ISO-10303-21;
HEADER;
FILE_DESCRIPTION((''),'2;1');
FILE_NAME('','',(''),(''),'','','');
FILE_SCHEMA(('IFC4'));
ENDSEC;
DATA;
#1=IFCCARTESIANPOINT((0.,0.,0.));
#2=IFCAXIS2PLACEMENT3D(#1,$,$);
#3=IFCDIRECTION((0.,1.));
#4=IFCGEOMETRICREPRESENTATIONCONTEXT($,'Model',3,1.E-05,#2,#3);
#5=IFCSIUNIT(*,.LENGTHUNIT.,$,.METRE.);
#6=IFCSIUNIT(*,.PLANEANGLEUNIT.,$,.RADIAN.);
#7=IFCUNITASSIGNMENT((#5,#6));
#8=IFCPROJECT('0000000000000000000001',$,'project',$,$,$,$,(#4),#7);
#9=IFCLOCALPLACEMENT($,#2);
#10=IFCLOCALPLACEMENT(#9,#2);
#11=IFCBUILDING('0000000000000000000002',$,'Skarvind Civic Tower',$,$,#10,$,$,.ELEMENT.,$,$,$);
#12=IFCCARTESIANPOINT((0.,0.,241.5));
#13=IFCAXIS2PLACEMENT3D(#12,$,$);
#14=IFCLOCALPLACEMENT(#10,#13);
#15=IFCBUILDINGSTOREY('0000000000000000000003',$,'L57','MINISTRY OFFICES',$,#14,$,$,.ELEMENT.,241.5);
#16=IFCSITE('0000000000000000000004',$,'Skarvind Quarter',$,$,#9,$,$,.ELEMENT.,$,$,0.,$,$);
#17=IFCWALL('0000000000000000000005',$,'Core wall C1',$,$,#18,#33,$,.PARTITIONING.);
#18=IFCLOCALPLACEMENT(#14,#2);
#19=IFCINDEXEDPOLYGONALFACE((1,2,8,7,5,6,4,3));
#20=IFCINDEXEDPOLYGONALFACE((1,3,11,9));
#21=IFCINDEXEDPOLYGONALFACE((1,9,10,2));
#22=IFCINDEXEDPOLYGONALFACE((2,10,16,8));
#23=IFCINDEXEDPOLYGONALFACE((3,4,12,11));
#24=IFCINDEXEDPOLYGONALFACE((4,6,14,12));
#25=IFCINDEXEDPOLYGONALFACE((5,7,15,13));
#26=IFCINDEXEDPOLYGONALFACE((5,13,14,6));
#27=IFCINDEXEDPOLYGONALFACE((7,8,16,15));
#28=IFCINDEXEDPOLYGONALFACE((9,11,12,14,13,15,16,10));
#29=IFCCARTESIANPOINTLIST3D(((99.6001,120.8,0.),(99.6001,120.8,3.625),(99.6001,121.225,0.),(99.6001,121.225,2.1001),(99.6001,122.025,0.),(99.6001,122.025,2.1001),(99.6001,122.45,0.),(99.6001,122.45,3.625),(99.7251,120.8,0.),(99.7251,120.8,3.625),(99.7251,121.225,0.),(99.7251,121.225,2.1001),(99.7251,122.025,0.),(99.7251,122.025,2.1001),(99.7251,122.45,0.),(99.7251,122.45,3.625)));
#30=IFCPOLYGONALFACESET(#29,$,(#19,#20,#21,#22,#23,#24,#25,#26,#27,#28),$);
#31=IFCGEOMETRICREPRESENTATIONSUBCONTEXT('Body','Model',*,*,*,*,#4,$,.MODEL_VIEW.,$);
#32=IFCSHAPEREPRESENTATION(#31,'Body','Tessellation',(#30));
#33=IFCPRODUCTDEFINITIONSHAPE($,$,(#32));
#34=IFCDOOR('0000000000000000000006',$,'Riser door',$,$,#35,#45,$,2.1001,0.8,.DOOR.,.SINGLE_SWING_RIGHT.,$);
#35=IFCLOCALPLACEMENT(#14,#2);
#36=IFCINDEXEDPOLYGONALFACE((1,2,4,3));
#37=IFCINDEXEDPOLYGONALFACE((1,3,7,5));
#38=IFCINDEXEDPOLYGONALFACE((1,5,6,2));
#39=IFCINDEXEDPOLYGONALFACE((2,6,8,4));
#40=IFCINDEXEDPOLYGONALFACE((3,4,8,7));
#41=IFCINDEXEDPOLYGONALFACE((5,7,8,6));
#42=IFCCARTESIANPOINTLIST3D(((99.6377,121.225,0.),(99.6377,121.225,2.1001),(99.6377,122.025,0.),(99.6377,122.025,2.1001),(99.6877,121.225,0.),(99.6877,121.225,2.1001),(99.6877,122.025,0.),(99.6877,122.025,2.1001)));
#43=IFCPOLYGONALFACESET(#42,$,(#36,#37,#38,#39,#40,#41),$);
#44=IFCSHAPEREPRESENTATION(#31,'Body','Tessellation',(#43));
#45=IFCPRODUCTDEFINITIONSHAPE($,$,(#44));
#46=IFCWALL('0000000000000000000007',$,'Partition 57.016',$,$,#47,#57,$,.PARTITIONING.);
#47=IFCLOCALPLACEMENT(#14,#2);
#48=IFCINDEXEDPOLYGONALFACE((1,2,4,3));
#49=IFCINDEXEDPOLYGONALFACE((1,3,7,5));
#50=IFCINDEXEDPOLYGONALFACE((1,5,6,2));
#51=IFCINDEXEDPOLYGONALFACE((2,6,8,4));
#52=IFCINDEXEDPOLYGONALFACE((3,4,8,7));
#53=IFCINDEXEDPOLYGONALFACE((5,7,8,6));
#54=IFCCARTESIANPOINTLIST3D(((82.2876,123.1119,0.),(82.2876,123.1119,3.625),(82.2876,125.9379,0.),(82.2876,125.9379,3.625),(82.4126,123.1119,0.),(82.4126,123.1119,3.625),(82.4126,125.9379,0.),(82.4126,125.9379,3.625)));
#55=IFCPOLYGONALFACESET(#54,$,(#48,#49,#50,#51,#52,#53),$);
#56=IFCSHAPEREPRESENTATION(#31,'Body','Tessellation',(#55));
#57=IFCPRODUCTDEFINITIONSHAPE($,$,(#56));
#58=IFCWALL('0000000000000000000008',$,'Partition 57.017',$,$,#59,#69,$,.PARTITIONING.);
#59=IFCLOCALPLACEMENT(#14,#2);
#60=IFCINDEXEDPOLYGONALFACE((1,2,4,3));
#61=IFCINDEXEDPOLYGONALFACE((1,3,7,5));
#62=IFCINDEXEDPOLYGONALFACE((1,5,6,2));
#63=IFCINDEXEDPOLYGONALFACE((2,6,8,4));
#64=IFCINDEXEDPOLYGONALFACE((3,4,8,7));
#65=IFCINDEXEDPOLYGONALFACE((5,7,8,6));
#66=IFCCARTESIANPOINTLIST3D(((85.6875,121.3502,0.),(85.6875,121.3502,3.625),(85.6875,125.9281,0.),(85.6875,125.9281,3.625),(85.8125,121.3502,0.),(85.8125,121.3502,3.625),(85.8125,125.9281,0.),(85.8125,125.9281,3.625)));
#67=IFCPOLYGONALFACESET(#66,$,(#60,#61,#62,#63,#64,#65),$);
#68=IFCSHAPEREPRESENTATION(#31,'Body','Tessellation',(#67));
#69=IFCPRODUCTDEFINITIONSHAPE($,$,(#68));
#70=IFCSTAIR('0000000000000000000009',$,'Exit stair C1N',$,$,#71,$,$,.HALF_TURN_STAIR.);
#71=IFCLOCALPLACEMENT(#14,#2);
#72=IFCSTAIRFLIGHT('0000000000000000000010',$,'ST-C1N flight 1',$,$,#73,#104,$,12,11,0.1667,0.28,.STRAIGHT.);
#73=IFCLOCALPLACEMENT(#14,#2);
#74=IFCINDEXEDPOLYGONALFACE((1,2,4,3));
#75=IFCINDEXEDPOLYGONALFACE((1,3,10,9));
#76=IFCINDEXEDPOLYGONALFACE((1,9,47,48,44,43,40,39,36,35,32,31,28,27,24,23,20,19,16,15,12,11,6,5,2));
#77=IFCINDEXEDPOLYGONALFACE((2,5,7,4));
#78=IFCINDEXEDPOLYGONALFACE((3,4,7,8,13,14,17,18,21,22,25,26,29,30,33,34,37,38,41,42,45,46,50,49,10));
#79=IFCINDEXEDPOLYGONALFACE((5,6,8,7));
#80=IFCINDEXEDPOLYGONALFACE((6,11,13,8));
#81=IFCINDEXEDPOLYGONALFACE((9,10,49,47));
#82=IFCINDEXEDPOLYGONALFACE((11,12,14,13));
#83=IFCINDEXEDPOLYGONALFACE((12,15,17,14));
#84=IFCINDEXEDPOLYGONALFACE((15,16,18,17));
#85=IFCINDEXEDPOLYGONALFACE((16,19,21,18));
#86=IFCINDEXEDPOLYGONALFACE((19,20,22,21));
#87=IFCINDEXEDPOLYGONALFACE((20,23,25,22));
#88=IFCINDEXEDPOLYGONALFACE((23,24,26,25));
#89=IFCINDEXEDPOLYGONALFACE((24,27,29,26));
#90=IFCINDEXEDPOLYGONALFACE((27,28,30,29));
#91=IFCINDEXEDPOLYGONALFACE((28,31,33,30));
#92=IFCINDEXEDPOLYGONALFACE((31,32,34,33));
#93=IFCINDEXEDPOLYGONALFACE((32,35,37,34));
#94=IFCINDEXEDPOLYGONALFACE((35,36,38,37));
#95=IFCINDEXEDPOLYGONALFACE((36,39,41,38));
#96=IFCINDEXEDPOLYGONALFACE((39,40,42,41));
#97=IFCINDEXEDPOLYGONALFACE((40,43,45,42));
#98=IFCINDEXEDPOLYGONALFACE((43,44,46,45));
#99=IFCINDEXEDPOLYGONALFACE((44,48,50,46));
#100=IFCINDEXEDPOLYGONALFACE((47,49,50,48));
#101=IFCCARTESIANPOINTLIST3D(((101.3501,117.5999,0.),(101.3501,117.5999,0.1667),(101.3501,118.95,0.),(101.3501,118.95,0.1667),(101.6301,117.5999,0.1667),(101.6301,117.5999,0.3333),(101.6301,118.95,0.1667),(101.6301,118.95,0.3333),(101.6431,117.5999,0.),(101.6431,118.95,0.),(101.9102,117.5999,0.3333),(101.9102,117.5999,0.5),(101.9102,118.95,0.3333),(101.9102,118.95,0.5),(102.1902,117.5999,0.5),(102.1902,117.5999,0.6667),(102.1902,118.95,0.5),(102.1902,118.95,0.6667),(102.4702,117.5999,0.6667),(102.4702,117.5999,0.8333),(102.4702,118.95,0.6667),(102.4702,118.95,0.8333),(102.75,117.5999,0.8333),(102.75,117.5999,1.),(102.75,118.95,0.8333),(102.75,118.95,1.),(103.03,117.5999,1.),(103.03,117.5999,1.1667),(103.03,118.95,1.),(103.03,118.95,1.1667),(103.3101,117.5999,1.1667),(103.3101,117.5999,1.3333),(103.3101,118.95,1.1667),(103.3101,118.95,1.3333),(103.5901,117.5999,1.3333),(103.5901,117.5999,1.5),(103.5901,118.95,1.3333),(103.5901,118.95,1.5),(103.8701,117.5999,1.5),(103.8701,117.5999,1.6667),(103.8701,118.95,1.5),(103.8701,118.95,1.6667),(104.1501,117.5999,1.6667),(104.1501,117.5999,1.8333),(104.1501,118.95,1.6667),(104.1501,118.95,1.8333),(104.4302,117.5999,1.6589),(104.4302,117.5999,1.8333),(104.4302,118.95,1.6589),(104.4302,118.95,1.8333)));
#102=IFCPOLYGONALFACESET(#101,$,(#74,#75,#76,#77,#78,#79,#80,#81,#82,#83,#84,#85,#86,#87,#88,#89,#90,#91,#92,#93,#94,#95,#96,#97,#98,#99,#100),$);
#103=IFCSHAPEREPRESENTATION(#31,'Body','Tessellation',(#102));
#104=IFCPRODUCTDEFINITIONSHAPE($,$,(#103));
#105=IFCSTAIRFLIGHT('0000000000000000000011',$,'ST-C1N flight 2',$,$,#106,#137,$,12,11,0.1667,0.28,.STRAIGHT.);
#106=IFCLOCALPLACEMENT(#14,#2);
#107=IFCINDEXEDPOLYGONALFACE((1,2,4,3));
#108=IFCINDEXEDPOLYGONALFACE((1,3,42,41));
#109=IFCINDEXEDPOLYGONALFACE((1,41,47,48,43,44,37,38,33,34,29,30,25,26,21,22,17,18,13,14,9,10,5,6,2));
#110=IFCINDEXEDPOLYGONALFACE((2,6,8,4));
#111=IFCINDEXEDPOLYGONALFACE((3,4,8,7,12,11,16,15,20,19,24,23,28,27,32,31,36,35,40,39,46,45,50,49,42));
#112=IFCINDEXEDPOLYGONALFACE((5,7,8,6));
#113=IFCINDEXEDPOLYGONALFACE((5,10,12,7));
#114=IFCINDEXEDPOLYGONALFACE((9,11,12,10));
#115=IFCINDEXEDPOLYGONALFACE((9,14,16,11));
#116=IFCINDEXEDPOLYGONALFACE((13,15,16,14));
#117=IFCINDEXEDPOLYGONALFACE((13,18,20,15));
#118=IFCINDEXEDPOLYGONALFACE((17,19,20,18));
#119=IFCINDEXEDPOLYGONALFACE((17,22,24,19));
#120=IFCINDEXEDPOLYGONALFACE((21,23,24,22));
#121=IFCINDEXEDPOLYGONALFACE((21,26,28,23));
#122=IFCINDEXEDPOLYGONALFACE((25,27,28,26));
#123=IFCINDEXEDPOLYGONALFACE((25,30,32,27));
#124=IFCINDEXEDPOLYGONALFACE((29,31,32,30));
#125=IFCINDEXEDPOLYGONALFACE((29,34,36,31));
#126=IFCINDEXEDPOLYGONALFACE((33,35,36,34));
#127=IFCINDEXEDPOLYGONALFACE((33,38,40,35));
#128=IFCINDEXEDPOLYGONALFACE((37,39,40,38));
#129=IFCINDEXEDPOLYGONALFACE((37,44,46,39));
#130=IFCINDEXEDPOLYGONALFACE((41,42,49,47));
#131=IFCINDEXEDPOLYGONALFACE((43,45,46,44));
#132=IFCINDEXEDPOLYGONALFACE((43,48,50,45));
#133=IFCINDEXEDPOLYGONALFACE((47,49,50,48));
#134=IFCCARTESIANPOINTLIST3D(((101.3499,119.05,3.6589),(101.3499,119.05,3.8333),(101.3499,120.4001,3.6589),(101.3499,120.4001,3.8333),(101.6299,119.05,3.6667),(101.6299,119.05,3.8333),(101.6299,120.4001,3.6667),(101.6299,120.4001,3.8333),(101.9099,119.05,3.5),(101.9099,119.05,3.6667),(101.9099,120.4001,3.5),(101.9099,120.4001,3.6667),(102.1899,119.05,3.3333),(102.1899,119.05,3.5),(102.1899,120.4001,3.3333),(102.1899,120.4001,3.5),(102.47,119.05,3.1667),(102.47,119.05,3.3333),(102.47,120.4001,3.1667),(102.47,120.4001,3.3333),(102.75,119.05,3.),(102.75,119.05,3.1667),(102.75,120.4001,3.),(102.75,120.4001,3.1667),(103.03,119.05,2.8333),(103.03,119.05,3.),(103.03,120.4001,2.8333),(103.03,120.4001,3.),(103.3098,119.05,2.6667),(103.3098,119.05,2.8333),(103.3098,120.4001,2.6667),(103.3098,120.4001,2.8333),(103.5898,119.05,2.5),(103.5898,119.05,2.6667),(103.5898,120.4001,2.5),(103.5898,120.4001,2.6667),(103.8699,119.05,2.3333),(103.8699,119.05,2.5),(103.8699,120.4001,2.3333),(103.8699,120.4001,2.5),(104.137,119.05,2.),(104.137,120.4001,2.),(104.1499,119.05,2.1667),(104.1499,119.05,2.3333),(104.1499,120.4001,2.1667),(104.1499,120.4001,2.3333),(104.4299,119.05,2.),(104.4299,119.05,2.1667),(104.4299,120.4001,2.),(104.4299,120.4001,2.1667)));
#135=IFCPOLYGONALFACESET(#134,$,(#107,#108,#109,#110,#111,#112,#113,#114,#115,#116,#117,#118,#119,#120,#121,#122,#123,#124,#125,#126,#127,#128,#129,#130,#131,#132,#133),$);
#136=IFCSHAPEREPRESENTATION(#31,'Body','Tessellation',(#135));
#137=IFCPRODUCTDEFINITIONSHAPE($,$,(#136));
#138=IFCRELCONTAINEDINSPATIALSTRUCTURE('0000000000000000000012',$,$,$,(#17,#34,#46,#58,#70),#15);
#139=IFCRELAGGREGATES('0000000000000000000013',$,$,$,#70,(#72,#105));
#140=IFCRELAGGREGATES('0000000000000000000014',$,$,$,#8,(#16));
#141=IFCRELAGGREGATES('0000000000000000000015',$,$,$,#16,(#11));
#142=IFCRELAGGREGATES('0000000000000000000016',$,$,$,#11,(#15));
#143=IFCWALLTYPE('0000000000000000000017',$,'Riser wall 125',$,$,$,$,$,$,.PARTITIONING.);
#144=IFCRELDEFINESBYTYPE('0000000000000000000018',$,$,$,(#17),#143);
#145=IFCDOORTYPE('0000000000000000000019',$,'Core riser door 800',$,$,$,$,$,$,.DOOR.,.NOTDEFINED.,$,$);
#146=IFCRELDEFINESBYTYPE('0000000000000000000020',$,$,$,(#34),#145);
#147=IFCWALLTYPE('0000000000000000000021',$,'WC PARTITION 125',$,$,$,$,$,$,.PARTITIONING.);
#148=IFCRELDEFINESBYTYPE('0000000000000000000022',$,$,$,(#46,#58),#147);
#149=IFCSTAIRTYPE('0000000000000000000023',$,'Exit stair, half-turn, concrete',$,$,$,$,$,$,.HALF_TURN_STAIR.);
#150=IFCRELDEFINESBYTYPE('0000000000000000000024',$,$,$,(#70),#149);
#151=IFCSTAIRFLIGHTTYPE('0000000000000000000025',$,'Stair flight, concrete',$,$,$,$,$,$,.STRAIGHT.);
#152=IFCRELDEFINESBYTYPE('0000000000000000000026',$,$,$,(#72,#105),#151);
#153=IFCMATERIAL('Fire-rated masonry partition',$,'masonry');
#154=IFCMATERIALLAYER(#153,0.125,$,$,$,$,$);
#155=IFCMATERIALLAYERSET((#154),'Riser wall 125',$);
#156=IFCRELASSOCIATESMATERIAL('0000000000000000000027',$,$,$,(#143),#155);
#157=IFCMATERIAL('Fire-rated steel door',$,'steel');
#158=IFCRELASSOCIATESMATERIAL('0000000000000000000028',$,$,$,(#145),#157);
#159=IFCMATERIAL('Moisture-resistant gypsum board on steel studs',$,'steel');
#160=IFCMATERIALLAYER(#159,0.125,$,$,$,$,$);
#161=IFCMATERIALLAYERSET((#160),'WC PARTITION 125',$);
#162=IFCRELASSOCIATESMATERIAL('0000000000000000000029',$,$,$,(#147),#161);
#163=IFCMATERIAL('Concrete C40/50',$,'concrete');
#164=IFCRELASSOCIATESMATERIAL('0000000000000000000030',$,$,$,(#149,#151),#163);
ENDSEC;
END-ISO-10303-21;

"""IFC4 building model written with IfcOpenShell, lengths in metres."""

from ifc_helpers import new_model, si_unit, direction, frame, frame_2d, origin, place, context, subcontext, project, spatial, polyline, rectangle, outline, extrude, material, layer, layer_set, type_object, element, fill, aggregate, save


model = new_model("IFC4")

# Units and contexts
model_context = context("Model", 3, precision=1e-05, world=origin(), true_north=direction((0.0, 1.0)))
body_context = subcontext(model_context, "Body", "Model", "MODEL_VIEW")
ifc_project = project(units=[si_unit("LENGTHUNIT", "METRE"), si_unit("PLANEANGLEUNIT", "RADIAN")], contexts=[model_context])

# Site, building, storey
site_placement = place(None, origin())
site = spatial("IfcSite", under=ifc_project, at=site_placement, Name="Skarvind Quarter", CompositionType="ELEMENT", RefElevation=0.0)
building_placement = place(site_placement, origin())
building = spatial("IfcBuilding", under=site, at=building_placement, Name="Skarvind Civic Tower", CompositionType="ELEMENT")
storey_placement = place(building_placement, frame((0.0, 0.0, 241.5)))
storey = spatial("IfcBuildingStorey", under=building, at=storey_placement, Name="L57", Description="MINISTRY OFFICES", CompositionType="ELEMENT", Elevation=241.5)

# Shared definitions
ifc_material_1 = material(Name="Fire-rated steel door", Category="steel")

# Wall, opening, door
ifc_material_2 = material(Name="Fire-rated masonry partition", Category="masonry")
ifc_layer_1 = layer(ifc_material_2, 0.125)
ifc_layer_set_1 = layer_set([ifc_layer_1], Name="Riser wall 125")
wall_type_1 = type_object("IfcWallType", Name="Riser wall 125", PredefinedType="PARTITIONING", material=ifc_layer_set_1)
wall_1_placement = place(storey_placement, frame((99.6626, 120.8, 0.0), z_axis=(0.0, 0.0, 1.0), x_axis=(0.0, 1.0, 0.0)))
wall_1 = element("IfcWall", 1, at=wall_1_placement, inside=storey, type_object=wall_type_1, Name="Core wall C1", PredefinedType="PARTITIONING", context=body_context, shape_type="SweptSolid", body=[
    extrude(rectangle(XDim=1.6499, YDim=0.125, at=frame_2d((0.825, 0.0))), origin(), (0.0, 0.0, 1.0), 3.625),
])
opening_1_placement = place(wall_1_placement, frame((0.425, 0.0, 0.0)))
opening_1 = element("IfcOpeningElement", 2, at=opening_1_placement, cuts=wall_1, PredefinedType="OPENING", context=body_context, shape_type="SweptSolid", body=[
    extrude(rectangle(XDim=0.8, YDim=2.1001, at=frame_2d((0.3999, 1.05))), frame((0.0, 0.0725, 0.0), z_axis=(0.0, -1.0, 0.0), x_axis=(1.0, 0.0, 0.0)), (0.0, 0.0, 1.0), 0.145),
])
door_type_1 = type_object("IfcDoorType", Name="Core riser door 800", OperationType="NOTDEFINED", PredefinedType="DOOR", material=ifc_material_1)
door_1_placement = place(opening_1_placement, origin())
door_1 = element("IfcDoor", 3, at=door_1_placement, inside=storey, type_object=door_type_1, Name="Riser door", OperationType="SINGLE_SWING_RIGHT", OverallHeight=2.1001, OverallWidth=0.8, PredefinedType="DOOR", context=body_context, shape_type="SweptSolid", body=[
    extrude(rectangle(XDim=0.8, YDim=2.1001, at=frame_2d((0.3999, 1.05))), frame((0.0, 0.0249, 0.0), z_axis=(0.0, -1.0, 0.0), x_axis=(1.0, 0.0, 0.0)), (0.0, 0.0, 1.0), 0.05),
])
fill(opening_1, door_1)

# Walls
ifc_material_3 = material(Name="Moisture-resistant gypsum board on steel studs", Category="steel")
ifc_layer_2 = layer(ifc_material_3, 0.125)
ifc_layer_set_2 = layer_set([ifc_layer_2], Name="WC PARTITION 125")
wall_type_2 = type_object("IfcWallType", Name="WC PARTITION 125", PredefinedType="PARTITIONING", material=ifc_layer_set_2)
wall_2_placement = place(storey_placement, frame((82.3501, 125.938, 0.0), z_axis=(0.0, 0.0, 1.0), x_axis=(0.0, -1.0, 0.0)))
element("IfcWall", 4, at=wall_2_placement, inside=storey, type_object=wall_type_2, Name="Partition 57.016", PredefinedType="PARTITIONING", context=body_context, shape_type="SweptSolid", body=[
    extrude(rectangle(XDim=2.8259, YDim=0.125, at=frame_2d((1.4131, 0.0))), origin(), (0.0, 0.0, 1.0), 3.625),
])
wall_3_placement = place(storey_placement, frame((85.75, 121.3501, 0.0), z_axis=(0.0, 0.0, 1.0), x_axis=(0.0, 1.0, 0.0)))
element("IfcWall", 5, at=wall_3_placement, inside=storey, type_object=wall_type_2, Name="Partition 57.017", PredefinedType="PARTITIONING", context=body_context, shape_type="SweptSolid", body=[
    extrude(rectangle(XDim=4.5779, YDim=0.125, at=frame_2d((2.2891, 0.0))), origin(), (0.0, 0.0, 1.0), 3.625),
])

# Stair, stair flights
ifc_material_4 = material(Name="Concrete C40/50", Category="concrete")
stair_type = type_object("IfcStairType", Name="Exit stair, half-turn, concrete", PredefinedType="HALF_TURN_STAIR", material=ifc_material_4)
stair_placement = place(storey_placement, origin())
stair = element("IfcStair", 6, at=stair_placement, inside=storey, type_object=stair_type, Name="Exit stair C1N", PredefinedType="HALF_TURN_STAIR")
stair_flight_type = type_object("IfcStairFlightType", Name="Stair flight, concrete", PredefinedType="STRAIGHT", material=ifc_material_4)
stair_flight_1_placement = place(storey_placement, frame((101.3501, 118.2749, 0.0), z_axis=(0.0, 0.0, 1.0), x_axis=(1.0, 0.0, 0.0)))
stair_flight_1 = element("IfcStairFlight", 7, at=stair_flight_1_placement, type_object=stair_flight_type, Name="ST-C1N flight 1", NumberOfRisers=12, NumberOfTreads=11, PredefinedType="STRAIGHT", RiserHeight=0.1667, TreadLength=0.28, context=body_context, shape_type="SweptSolid", body=[
    extrude(outline(polyline([(0.0, 0.0), (0.0, 0.1667), (0.28, 0.1667), (0.28, 0.3333), (0.5601, 0.3333), (0.5601, 0.5), (0.8401, 0.5), (0.8401, 0.6667), (1.1201, 0.6667), (1.1201, 0.8333), (1.3999, 0.8333), (1.3999, 1.0), (1.6799, 1.0), (1.6799, 1.1667), (1.96, 1.1667), (1.96, 1.3333), (2.24, 1.3333), (2.24, 1.5), (2.52, 1.5), (2.52, 1.6667), (2.8, 1.6667), (2.8, 1.8333), (3.0801, 1.8333), (3.0801, 2.0), (3.0801, 1.6589), (0.293, 0.0), (0.0, 0.0)])), frame((0.0, 0.675, 0.0), z_axis=(0.0, -1.0, 0.0), x_axis=(1.0, 0.0, 0.0)), (0.0, 0.0, 1.0), 1.3501),
])
stair_flight_2_placement = place(storey_placement, frame((104.4299, 119.7251, 2.0), z_axis=(0.0, 0.0, 1.0), x_axis=(-1.0, 0.0, 0.0)))
stair_flight_2 = element("IfcStairFlight", 8, at=stair_flight_2_placement, type_object=stair_flight_type, Name="ST-C1N flight 2", NumberOfRisers=12, NumberOfTreads=11, PredefinedType="STRAIGHT", RiserHeight=0.1667, TreadLength=0.28, context=body_context, shape_type="SweptSolid", body=[
    extrude(outline(polyline([(0.0, 0.0), (0.0, 0.1667), (0.28, 0.1667), (0.28, 0.3333), (0.5601, 0.3333), (0.5601, 0.5), (0.8401, 0.5), (0.8401, 0.6667), (1.1201, 0.6667), (1.1201, 0.8333), (1.3999, 0.8333), (1.3999, 1.0), (1.6799, 1.0), (1.6799, 1.1667), (1.96, 1.1667), (1.96, 1.3333), (2.24, 1.3333), (2.24, 1.5), (2.52, 1.5), (2.52, 1.6667), (2.8, 1.6667), (2.8, 1.8333), (3.0801, 1.8333), (3.0801, 2.0), (3.0801, 1.6589), (0.293, 0.0), (0.0, 0.0)])), frame((0.0, 0.675, 0.0), z_axis=(0.0, -1.0, 0.0), x_axis=(1.0, 0.0, 0.0)), (0.0, 0.0, 1.0), 1.3501),
])
aggregate(stair, [stair_flight_1, stair_flight_2])

save(model, "model.ifc")
